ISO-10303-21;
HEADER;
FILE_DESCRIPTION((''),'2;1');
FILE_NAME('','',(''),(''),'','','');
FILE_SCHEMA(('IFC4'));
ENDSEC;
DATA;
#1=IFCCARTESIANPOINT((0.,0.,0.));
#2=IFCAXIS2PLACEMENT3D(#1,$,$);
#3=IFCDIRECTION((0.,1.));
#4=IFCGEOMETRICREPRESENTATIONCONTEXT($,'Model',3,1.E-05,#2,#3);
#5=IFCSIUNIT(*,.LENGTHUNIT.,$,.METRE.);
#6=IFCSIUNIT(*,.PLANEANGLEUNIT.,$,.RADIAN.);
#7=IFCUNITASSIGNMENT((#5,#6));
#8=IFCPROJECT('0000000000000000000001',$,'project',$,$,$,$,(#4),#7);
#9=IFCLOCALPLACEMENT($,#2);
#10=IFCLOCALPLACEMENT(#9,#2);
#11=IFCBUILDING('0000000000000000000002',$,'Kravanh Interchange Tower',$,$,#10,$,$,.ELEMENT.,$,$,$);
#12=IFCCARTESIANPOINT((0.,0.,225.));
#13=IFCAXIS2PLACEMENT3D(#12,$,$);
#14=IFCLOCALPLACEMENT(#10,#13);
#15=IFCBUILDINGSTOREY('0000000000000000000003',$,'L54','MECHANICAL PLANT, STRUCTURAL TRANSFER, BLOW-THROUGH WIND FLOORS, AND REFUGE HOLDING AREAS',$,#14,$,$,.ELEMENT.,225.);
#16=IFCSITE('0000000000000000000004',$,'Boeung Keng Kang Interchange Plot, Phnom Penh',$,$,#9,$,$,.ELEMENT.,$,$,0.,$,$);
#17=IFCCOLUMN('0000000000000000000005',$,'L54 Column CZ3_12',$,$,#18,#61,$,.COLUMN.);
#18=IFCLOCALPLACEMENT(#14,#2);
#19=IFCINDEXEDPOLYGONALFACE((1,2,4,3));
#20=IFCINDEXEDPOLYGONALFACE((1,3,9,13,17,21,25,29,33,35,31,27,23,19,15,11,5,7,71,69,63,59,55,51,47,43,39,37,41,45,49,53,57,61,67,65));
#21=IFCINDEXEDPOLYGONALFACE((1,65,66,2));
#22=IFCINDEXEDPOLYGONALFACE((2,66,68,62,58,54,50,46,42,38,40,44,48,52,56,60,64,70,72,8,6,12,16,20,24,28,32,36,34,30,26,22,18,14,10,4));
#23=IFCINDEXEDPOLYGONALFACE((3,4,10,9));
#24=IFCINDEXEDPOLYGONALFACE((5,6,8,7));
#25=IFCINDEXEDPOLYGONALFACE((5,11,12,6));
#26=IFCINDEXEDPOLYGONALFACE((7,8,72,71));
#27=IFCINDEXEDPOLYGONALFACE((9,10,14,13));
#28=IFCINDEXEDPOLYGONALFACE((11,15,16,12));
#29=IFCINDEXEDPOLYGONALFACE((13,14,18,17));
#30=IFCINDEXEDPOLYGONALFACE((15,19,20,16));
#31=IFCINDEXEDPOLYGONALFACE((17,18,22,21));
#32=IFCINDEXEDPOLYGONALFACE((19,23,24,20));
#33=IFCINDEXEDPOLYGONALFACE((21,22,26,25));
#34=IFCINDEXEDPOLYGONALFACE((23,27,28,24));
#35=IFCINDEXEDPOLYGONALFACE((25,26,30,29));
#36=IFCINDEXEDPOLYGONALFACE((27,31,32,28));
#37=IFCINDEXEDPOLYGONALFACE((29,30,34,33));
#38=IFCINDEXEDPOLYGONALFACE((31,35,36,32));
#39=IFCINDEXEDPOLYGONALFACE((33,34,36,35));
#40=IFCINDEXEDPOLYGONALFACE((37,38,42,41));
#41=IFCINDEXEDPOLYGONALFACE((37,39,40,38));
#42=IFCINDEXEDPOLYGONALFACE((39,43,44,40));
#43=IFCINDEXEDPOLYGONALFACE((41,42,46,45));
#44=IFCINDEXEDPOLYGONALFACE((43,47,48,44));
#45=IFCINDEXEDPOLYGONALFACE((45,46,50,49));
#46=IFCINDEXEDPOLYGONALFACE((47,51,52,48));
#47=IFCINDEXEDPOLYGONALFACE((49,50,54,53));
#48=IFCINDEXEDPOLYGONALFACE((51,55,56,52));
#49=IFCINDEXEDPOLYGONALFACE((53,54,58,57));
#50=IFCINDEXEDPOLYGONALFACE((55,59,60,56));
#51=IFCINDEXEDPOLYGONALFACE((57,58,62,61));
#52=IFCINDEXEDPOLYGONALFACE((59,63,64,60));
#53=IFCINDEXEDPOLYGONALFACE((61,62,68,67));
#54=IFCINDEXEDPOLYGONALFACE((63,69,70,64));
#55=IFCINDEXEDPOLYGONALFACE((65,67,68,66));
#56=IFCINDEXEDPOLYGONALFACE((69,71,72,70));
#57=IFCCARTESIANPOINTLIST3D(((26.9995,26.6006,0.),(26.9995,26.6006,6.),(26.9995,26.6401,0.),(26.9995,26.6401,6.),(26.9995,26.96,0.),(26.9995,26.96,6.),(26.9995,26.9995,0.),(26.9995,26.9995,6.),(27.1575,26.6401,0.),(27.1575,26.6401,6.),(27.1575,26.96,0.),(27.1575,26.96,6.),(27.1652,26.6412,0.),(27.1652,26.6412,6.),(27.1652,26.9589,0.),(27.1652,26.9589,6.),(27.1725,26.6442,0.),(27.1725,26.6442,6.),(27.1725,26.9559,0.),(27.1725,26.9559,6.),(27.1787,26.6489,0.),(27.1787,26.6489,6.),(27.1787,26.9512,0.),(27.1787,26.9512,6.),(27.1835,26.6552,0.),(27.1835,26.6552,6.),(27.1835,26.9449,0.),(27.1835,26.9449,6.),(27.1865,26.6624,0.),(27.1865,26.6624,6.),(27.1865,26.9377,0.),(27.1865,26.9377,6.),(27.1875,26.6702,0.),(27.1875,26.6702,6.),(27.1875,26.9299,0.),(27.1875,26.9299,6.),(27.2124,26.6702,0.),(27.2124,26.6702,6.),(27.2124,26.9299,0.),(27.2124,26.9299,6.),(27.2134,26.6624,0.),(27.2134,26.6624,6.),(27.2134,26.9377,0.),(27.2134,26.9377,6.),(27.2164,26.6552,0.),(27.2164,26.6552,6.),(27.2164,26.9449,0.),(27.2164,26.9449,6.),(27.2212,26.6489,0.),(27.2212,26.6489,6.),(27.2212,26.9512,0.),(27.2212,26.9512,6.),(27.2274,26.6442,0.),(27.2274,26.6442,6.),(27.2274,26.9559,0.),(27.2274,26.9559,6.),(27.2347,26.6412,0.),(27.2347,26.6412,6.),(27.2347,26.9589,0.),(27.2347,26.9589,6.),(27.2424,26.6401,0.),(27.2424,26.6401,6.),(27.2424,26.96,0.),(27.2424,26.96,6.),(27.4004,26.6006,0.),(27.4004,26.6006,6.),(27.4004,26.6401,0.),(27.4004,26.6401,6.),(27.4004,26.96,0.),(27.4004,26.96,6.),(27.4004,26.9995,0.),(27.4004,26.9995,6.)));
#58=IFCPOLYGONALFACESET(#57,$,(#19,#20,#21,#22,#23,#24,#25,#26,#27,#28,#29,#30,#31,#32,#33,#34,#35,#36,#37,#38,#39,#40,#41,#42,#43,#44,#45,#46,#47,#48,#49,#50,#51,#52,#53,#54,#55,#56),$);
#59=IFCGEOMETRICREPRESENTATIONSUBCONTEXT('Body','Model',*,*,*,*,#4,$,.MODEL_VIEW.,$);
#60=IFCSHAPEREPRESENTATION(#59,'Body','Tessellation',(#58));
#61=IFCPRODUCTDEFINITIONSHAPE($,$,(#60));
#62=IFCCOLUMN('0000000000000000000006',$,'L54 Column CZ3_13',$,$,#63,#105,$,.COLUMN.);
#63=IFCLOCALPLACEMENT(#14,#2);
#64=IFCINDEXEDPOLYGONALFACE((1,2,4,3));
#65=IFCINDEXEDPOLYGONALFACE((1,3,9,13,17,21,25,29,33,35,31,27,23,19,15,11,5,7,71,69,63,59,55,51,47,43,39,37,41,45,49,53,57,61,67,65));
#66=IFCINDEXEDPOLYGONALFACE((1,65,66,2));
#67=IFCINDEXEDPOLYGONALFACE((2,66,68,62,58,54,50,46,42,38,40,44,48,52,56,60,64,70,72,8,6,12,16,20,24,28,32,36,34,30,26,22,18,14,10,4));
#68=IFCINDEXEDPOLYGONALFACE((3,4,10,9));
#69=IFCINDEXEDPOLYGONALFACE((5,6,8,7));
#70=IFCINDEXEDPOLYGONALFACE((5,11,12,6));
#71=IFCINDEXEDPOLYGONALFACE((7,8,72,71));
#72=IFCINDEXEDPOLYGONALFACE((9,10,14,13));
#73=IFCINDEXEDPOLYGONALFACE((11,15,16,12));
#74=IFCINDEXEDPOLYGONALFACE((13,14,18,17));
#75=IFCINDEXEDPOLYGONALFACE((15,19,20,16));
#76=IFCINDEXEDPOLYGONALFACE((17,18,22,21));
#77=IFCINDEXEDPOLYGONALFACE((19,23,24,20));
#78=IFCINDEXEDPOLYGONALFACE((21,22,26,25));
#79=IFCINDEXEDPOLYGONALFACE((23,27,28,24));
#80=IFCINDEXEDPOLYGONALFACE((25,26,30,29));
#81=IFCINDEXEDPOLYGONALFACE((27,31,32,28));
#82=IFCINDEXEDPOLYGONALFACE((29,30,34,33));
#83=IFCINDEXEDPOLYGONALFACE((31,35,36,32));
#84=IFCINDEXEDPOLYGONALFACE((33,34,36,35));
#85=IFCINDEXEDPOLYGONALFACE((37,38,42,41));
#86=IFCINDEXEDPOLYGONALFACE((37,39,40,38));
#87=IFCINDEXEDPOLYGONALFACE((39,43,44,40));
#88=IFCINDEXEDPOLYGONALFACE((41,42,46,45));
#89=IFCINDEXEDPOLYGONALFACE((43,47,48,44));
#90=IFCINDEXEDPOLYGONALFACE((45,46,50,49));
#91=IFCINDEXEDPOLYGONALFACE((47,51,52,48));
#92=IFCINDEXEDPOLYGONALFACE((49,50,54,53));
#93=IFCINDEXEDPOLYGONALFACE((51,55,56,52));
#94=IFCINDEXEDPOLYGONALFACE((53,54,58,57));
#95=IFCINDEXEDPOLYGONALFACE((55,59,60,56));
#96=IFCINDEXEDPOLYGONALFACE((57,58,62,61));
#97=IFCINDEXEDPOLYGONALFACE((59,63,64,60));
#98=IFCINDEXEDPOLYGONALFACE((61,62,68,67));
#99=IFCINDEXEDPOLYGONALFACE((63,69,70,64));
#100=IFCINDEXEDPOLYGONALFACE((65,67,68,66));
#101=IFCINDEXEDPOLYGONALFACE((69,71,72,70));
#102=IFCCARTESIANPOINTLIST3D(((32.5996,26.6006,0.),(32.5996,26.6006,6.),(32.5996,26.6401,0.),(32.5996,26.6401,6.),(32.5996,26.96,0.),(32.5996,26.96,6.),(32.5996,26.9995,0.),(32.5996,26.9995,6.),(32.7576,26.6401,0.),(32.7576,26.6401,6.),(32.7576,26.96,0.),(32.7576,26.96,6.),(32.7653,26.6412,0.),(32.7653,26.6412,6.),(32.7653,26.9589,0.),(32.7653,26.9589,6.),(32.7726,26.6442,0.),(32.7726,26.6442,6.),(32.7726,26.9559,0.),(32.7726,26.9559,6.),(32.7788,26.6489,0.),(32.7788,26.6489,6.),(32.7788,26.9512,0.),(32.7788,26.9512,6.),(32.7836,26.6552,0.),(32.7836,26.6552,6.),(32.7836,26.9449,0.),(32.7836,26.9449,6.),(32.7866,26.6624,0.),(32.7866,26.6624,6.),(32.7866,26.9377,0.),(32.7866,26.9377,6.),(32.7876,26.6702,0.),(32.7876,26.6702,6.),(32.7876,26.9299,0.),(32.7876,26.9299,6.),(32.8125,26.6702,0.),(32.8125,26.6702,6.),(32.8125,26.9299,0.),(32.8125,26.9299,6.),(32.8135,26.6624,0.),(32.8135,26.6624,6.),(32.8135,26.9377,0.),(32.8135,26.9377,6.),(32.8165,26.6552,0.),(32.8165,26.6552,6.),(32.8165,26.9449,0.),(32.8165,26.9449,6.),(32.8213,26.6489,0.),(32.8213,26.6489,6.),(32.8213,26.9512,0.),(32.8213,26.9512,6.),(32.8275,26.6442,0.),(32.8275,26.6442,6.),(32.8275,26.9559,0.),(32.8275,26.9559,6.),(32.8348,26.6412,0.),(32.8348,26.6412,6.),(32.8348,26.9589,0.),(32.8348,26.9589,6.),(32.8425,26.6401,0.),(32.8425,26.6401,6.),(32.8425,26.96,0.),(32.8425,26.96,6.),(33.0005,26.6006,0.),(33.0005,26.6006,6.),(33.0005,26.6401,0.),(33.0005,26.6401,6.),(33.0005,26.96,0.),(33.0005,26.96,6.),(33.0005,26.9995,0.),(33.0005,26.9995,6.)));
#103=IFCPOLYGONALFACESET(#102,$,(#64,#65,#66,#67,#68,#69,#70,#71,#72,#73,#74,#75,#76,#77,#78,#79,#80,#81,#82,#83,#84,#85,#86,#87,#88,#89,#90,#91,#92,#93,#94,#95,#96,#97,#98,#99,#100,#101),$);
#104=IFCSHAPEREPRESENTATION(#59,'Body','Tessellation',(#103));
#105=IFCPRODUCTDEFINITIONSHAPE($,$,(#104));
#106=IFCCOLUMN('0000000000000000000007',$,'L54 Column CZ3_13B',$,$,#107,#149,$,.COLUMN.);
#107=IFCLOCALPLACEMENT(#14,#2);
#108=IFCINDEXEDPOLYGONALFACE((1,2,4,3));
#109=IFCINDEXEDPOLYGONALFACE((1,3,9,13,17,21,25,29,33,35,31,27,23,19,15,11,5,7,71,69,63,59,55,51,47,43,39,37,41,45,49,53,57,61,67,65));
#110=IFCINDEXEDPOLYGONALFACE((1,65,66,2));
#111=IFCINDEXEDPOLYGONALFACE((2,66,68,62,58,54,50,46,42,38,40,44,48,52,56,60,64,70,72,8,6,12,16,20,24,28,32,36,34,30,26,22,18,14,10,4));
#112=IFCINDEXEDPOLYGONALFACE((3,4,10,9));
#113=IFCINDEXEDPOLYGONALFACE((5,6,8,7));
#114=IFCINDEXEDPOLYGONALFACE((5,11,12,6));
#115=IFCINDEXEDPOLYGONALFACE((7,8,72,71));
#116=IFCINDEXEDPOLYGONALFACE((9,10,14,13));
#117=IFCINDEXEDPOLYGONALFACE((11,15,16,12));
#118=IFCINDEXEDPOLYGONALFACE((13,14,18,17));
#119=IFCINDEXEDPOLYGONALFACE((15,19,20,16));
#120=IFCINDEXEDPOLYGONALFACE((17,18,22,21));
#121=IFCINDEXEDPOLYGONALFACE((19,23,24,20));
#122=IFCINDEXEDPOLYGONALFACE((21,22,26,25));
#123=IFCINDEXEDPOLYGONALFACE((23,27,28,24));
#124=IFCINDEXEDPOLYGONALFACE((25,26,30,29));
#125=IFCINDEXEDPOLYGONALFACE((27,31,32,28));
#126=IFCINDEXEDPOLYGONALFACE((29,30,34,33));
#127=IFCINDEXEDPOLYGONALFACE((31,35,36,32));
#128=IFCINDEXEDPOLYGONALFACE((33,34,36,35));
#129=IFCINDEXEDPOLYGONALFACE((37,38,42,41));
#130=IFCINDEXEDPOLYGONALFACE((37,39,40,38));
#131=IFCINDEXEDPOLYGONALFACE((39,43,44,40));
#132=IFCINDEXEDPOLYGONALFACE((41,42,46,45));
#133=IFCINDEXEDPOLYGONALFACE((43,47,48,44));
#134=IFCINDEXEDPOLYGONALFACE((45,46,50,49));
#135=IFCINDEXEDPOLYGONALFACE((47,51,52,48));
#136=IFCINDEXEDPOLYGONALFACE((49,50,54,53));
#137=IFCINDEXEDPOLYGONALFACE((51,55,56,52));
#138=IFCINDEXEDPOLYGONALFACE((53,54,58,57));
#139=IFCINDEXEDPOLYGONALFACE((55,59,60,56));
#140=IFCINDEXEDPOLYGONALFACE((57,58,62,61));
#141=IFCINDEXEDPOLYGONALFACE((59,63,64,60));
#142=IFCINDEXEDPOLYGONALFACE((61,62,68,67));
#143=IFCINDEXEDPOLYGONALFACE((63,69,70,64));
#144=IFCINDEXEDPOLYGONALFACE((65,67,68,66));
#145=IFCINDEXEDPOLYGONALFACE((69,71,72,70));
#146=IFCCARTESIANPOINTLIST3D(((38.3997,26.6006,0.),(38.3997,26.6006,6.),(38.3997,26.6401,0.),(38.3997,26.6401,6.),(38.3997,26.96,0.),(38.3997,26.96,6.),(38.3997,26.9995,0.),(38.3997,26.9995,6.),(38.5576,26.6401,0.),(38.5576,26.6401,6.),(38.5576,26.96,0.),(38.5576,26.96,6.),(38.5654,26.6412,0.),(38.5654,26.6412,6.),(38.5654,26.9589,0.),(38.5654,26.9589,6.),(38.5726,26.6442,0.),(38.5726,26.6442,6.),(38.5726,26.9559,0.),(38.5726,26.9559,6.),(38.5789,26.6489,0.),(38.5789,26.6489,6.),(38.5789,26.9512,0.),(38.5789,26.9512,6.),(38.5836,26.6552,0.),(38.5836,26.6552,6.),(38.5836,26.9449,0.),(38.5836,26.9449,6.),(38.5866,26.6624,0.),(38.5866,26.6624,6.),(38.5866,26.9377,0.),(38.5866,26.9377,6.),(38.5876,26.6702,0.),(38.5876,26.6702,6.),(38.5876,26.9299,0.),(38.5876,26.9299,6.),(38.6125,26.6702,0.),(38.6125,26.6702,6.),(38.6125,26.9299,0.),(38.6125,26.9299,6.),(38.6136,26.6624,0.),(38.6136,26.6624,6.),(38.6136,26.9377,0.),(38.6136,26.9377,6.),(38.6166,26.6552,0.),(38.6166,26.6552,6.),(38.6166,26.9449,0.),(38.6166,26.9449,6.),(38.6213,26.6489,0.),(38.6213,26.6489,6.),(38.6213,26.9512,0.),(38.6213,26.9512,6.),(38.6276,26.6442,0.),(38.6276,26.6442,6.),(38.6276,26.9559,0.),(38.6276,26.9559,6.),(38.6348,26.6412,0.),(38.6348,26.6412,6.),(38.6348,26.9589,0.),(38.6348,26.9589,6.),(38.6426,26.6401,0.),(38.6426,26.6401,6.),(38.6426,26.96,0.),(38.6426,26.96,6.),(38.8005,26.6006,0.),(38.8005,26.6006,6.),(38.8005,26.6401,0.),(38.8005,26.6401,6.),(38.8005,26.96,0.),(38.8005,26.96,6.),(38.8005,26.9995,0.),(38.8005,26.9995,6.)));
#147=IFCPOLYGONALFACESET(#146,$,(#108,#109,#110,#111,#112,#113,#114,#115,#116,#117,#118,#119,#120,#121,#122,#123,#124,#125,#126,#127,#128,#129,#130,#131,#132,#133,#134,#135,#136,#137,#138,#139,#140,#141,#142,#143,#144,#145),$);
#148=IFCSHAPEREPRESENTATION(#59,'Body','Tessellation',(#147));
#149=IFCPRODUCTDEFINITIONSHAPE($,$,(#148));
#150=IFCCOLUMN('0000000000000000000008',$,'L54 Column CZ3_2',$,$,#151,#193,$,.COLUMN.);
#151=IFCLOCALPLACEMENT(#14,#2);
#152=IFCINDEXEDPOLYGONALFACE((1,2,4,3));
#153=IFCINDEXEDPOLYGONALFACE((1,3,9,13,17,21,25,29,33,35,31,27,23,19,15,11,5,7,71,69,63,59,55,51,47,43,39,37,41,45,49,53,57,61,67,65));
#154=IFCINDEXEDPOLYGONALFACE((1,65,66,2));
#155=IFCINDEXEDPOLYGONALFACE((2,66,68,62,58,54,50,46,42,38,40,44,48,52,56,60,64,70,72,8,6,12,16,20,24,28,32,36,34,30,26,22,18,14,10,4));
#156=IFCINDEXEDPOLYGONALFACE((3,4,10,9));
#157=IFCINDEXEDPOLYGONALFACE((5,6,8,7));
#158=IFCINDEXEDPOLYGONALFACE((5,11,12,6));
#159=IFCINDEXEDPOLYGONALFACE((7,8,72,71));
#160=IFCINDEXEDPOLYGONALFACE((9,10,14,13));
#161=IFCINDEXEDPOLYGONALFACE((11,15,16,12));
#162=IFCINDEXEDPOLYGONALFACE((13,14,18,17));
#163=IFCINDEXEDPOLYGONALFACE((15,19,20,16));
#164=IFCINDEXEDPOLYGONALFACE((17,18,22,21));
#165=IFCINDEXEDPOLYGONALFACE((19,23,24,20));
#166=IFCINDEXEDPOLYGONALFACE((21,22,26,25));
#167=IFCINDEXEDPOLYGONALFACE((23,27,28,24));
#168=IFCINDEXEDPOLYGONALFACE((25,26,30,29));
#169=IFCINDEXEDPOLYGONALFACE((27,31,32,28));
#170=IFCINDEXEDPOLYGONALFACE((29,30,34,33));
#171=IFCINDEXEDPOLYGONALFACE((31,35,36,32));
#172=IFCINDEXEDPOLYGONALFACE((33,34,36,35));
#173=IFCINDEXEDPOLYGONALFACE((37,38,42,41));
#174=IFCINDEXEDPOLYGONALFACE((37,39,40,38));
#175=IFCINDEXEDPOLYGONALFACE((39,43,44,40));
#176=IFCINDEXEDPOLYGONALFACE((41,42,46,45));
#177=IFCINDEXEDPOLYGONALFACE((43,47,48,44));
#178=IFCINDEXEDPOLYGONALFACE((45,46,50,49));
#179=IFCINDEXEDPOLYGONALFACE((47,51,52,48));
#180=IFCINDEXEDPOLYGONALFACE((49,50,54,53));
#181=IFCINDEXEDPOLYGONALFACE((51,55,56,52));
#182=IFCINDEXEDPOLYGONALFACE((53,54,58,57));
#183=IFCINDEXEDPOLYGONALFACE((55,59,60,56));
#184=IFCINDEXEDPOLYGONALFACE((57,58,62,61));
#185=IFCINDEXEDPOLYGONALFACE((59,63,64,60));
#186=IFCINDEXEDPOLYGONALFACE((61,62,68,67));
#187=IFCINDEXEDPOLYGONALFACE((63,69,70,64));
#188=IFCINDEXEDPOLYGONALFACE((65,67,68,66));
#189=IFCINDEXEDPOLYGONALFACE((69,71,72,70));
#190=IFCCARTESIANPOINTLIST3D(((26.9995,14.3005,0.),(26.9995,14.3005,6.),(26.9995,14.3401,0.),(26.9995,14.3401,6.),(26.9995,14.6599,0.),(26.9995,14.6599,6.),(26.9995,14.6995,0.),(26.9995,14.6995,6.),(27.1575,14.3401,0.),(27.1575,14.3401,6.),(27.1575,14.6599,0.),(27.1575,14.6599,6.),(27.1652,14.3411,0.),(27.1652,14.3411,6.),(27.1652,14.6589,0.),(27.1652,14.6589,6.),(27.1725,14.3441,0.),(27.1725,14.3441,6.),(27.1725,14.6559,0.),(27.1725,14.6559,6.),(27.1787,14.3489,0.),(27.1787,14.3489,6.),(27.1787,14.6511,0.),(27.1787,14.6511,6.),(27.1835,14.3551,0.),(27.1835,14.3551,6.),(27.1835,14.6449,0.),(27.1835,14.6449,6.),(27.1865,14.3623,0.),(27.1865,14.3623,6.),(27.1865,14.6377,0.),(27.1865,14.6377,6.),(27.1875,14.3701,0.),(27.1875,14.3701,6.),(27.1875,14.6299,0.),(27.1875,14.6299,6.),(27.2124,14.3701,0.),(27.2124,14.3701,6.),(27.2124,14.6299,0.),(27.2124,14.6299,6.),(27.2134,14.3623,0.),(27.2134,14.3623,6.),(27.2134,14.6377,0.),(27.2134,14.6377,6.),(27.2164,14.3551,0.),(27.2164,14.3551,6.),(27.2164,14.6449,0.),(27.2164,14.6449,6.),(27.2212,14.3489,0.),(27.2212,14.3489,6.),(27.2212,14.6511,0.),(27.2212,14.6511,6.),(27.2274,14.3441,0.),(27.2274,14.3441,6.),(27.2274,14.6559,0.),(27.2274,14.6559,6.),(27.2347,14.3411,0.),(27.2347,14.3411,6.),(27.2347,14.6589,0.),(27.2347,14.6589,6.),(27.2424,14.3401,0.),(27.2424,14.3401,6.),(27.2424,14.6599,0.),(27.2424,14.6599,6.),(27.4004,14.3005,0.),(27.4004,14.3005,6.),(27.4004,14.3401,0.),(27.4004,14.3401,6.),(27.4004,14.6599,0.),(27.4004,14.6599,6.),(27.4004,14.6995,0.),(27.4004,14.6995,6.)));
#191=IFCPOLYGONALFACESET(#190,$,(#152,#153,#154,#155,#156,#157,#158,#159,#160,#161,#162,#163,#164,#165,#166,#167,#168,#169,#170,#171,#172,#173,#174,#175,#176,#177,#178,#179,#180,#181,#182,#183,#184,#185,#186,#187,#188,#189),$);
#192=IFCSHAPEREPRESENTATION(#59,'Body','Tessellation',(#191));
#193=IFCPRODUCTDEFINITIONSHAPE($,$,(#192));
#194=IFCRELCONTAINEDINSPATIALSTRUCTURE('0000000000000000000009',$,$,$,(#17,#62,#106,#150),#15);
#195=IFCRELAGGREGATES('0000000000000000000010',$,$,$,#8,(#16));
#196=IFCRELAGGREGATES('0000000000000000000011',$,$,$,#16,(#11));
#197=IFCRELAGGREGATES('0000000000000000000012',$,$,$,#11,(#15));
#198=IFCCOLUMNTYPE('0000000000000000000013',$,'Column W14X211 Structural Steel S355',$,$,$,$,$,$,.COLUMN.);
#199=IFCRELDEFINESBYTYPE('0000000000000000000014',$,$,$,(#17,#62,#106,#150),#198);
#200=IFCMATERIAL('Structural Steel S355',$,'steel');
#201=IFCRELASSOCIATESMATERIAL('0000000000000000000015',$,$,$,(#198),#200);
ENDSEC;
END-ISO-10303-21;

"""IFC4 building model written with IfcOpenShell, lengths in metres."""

from ifc_helpers import new_model, si_unit, direction, frame, origin, origin_2d, place, context, subcontext, project, spatial, i_section, extrude, material, material_profile, profile_set, type_object, element, save


model = new_model("IFC4")

# Units and contexts
model_context = context("Model", 3, precision=1e-05, world=origin(), true_north=direction((0.0, 1.0)))
body_context = subcontext(model_context, "Body", "Model", "MODEL_VIEW")
ifc_project = project(units=[si_unit("LENGTHUNIT", "METRE"), si_unit("PLANEANGLEUNIT", "RADIAN")], contexts=[model_context])

# Site, building, storey
site_placement = place(None, origin())
site = spatial("IfcSite", under=ifc_project, at=site_placement, Name="Boeung Keng Kang Interchange Plot, Phnom Penh", CompositionType="ELEMENT", RefElevation=0.0)
building_placement = place(site_placement, origin())
building = spatial("IfcBuilding", under=site, at=building_placement, Name="Kravanh Interchange Tower", CompositionType="ELEMENT")
storey_placement = place(building_placement, frame((0.0, 0.0, 225.0)))
storey = spatial("IfcBuildingStorey", under=building, at=storey_placement, Name="L54", Description="MECHANICAL PLANT, STRUCTURAL TRANSFER, BLOW-THROUGH WIND FLOORS, AND REFUGE HOLDING AREAS", CompositionType="ELEMENT", Elevation=225.0)

# Columns
ifc_material_1 = material(Name="Structural Steel S355", Category="steel")
ifc_material_profile_1 = material_profile(ifc_material_1, i_section(OverallWidth=0.4009, OverallDepth=0.3989, WebThickness=0.0249, FlangeThickness=0.0396, FilletRadius=0.03, at=origin_2d()), Name="W14X211")
ifc_profile_set_1 = profile_set([ifc_material_profile_1], Name="Structural Steel S355")
column_type = type_object("IfcColumnType", Name="Column W14X211 Structural Steel S355", PredefinedType="COLUMN", material=ifc_profile_set_1)
for number, where, z_axis, x_axis, name in (
    (1, (27.2, 26.8, 0.0), (0.0, 0.0, 1.0), (1.0, 0.0, 0.0), "L54 Column CZ3_12"),
    (2, (32.8, 26.8, 0.0), (0.0, 0.0, 1.0), (1.0, 0.0, 0.0), "L54 Column CZ3_13"),
    (3, (38.6001, 26.8, 0.0), (0.0, 0.0, 1.0), (1.0, 0.0, 0.0), "L54 Column CZ3_13B"),
    (4, (27.2, 14.5, 0.0), (0.0, 0.0, 1.0), (1.0, 0.0, 0.0), "L54 Column CZ3_2"),
):
    element("IfcColumn", number, at=place(storey_placement, frame(where, z_axis=z_axis, x_axis=x_axis)), inside=storey, type_object=column_type, Name=name, PredefinedType="COLUMN", context=body_context, shape_type="SweptSolid", body=[
        extrude(i_section(OverallWidth=0.4009, OverallDepth=0.3989, WebThickness=0.0249, FlangeThickness=0.0396, FilletRadius=0.03, at=origin_2d()), origin(), (0.0, 0.0, 1.0), 6.0),
    ])

save(model, "model.ifc")
